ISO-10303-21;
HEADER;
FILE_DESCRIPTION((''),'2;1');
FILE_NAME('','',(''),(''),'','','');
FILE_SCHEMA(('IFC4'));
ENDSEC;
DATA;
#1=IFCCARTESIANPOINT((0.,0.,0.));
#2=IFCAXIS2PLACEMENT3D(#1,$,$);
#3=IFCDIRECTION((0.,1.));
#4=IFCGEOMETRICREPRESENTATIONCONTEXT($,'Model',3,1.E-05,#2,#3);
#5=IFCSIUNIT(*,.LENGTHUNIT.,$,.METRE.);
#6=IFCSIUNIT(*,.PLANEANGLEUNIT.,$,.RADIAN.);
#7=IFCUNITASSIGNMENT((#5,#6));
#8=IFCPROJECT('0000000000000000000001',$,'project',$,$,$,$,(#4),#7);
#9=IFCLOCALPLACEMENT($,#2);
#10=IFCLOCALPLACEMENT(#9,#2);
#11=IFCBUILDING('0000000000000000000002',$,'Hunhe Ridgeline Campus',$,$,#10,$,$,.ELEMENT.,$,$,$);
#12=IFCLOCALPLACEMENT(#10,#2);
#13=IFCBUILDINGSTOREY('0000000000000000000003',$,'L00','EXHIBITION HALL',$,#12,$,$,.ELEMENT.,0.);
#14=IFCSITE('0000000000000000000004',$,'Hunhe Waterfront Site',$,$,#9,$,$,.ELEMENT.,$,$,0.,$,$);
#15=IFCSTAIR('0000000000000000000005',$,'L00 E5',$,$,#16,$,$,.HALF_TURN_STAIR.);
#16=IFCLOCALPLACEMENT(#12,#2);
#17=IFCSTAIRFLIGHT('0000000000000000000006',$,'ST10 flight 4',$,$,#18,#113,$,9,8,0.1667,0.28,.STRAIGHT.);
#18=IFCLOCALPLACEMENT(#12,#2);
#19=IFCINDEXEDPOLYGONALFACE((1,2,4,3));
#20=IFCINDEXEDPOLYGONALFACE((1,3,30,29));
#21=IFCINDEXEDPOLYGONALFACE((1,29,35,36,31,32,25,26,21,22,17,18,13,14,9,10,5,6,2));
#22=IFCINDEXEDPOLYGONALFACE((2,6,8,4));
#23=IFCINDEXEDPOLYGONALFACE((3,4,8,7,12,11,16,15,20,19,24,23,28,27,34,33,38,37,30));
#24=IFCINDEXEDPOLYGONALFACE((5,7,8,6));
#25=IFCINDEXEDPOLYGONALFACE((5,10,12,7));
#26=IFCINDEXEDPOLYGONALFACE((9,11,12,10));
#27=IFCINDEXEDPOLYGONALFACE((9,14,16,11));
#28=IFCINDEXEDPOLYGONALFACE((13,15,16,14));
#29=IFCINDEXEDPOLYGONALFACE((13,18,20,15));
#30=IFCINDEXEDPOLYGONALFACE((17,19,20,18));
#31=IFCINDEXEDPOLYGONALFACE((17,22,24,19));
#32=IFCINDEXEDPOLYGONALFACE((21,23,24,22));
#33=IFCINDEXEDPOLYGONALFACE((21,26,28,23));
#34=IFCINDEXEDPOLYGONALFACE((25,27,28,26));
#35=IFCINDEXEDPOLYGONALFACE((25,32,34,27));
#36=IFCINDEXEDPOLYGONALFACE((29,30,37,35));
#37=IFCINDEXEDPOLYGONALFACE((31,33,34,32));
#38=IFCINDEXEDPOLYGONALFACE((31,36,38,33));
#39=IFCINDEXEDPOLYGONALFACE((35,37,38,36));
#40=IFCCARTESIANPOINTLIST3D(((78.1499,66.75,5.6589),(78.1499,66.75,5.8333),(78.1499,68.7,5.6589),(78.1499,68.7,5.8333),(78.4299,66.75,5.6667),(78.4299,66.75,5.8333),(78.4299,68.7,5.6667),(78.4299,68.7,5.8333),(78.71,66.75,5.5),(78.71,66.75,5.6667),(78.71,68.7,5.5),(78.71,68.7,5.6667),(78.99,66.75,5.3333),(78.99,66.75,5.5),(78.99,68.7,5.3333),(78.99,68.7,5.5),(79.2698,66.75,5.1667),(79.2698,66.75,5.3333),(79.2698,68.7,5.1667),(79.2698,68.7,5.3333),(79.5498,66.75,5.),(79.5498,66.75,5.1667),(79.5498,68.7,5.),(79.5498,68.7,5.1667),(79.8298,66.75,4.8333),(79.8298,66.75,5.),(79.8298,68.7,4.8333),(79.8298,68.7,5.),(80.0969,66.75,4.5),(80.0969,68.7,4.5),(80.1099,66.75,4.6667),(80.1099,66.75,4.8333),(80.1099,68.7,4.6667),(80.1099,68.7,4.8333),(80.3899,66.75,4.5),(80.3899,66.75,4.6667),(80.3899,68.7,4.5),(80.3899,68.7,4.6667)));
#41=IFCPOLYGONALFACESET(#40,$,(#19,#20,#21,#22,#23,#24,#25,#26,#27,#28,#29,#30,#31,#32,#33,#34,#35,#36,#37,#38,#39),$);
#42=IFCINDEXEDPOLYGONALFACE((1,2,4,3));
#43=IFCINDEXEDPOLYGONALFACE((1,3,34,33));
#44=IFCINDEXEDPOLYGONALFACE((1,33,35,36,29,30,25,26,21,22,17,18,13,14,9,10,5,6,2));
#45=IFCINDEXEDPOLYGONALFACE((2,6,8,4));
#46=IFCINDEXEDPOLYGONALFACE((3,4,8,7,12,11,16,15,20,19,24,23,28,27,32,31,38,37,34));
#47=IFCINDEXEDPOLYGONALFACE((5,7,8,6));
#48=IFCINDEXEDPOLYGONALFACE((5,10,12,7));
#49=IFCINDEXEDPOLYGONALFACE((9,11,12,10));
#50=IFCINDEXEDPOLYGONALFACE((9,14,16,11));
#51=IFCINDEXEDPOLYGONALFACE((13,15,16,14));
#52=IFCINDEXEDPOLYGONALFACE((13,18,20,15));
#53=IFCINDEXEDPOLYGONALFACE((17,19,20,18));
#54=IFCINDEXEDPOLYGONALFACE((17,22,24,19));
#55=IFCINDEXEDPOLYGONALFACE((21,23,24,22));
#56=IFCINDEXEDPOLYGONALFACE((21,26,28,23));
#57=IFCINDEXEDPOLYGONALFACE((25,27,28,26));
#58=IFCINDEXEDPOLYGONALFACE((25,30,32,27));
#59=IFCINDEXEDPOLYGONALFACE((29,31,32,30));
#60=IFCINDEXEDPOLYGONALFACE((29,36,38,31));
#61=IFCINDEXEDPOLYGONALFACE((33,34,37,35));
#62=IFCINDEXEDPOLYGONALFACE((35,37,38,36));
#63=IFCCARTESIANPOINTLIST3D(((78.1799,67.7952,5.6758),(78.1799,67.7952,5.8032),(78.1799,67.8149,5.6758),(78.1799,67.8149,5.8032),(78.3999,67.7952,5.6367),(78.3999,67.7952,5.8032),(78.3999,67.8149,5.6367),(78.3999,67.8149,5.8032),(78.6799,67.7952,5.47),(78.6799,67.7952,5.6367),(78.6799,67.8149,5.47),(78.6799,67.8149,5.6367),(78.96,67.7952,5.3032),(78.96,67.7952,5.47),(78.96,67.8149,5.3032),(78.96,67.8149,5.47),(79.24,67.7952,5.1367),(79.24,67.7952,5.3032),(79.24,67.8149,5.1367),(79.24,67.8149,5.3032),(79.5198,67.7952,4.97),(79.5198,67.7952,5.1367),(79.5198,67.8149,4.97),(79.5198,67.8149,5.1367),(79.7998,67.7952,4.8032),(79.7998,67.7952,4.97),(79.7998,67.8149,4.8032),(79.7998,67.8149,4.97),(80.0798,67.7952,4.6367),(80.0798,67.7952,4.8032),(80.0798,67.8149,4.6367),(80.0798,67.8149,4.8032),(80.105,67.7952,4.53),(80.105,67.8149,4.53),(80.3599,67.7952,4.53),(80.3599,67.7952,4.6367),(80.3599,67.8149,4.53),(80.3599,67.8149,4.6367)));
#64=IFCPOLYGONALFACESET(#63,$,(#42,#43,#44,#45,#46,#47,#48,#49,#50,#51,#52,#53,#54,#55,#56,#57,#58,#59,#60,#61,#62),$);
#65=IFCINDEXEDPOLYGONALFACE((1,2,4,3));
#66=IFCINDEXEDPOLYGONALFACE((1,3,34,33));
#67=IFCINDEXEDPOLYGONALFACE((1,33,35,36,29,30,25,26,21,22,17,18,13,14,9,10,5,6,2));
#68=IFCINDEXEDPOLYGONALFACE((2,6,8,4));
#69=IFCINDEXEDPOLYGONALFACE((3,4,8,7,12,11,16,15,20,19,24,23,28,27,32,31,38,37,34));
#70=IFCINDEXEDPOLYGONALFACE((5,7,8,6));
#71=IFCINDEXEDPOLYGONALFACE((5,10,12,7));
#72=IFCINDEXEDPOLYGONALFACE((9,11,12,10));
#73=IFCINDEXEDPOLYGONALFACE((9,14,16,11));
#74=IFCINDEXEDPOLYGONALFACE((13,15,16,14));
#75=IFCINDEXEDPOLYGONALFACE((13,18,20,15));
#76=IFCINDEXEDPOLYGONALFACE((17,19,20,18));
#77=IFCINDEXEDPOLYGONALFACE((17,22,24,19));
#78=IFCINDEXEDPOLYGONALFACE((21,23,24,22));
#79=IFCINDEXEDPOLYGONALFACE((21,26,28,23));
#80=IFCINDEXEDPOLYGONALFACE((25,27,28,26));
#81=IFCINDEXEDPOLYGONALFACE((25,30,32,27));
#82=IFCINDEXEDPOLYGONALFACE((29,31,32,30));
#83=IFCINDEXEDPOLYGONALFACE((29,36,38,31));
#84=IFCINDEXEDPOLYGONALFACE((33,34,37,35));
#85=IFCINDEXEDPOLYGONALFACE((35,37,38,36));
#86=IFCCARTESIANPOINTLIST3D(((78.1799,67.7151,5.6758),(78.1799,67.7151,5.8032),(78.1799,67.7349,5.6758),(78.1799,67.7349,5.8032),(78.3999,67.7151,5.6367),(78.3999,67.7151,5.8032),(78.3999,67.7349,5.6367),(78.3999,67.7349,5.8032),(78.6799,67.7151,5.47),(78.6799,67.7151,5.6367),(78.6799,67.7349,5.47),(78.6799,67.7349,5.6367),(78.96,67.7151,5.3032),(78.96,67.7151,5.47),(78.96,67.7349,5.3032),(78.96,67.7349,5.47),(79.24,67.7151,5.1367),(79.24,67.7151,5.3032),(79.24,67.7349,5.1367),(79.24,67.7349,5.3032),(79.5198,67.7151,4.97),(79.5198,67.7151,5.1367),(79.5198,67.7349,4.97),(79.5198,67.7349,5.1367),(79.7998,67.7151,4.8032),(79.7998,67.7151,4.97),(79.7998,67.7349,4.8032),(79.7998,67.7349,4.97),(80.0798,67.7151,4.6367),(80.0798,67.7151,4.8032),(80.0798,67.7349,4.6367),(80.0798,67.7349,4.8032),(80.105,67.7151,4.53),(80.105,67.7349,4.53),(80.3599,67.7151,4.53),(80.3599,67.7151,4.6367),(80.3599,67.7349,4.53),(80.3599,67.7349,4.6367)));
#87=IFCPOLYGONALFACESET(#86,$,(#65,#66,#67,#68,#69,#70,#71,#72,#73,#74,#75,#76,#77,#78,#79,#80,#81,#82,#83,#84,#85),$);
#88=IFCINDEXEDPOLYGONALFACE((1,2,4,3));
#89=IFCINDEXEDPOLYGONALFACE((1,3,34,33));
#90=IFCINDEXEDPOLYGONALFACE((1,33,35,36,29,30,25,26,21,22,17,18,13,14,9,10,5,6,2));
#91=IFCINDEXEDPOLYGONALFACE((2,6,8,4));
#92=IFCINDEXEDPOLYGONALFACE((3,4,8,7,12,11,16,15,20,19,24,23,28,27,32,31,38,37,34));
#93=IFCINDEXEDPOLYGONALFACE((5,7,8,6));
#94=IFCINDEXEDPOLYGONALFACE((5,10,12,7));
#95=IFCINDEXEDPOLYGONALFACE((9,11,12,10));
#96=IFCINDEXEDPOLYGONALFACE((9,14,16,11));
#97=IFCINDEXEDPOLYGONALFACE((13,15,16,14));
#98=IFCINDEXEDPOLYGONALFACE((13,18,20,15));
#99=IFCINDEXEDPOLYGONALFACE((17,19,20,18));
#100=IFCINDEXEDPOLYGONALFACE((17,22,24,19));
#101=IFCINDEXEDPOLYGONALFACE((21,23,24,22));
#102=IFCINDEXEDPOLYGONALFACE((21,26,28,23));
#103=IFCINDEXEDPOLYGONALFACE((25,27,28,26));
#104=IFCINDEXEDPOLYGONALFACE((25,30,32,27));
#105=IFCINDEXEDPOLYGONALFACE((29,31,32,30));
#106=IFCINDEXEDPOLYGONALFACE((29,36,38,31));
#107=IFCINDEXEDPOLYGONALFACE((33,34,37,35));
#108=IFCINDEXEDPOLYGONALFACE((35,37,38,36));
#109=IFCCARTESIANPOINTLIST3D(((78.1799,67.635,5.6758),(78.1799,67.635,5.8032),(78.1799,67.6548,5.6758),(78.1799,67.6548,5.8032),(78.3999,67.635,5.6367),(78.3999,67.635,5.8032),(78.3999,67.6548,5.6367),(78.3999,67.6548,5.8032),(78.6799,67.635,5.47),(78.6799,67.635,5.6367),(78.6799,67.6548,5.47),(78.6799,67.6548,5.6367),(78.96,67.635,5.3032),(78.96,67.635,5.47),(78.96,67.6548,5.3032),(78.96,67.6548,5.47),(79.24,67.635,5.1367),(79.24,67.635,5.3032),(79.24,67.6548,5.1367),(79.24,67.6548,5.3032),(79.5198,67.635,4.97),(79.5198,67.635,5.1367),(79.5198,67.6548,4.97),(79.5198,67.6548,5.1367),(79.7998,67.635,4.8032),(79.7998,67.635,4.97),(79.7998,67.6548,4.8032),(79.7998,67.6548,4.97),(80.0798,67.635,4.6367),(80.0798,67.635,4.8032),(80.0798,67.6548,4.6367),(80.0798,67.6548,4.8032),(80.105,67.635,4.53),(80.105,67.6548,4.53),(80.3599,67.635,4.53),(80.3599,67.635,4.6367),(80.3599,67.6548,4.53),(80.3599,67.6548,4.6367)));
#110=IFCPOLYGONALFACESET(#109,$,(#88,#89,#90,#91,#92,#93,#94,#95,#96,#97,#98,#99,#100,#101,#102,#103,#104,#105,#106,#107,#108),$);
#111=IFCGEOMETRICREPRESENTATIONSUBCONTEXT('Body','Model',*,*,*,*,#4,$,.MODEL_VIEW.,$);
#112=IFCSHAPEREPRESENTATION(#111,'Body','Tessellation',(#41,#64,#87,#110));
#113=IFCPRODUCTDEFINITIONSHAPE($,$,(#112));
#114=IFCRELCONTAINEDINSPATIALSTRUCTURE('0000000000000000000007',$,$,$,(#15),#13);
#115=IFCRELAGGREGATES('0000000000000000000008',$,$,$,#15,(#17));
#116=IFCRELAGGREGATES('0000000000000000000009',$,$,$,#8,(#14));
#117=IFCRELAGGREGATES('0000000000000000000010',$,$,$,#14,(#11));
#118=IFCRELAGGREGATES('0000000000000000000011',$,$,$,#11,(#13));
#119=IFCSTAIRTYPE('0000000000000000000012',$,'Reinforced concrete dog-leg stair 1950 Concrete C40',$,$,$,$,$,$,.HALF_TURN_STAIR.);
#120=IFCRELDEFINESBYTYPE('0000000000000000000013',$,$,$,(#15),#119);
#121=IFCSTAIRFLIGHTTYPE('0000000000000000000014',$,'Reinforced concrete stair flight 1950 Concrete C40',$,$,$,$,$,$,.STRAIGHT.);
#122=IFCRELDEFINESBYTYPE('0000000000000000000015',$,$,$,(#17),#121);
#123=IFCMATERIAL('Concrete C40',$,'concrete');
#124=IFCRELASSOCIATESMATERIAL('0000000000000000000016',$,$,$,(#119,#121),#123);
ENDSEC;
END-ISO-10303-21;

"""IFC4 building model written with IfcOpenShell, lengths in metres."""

from ifc_helpers import new_model, si_unit, direction, frame, origin, place, context, subcontext, project, spatial, polyline, outline, extrude, material, type_object, element, aggregate, save


model = new_model("IFC4")

# Units and contexts
model_context = context("Model", 3, precision=1e-05, world=origin(), true_north=direction((0.0, 1.0)))
body_context = subcontext(model_context, "Body", "Model", "MODEL_VIEW")
ifc_project = project(units=[si_unit("LENGTHUNIT", "METRE"), si_unit("PLANEANGLEUNIT", "RADIAN")], contexts=[model_context])

# Site, building, storey
site_placement = place(None, origin())
site = spatial("IfcSite", under=ifc_project, at=site_placement, Name="Hunhe Waterfront Site", CompositionType="ELEMENT", RefElevation=0.0)
building_placement = place(site_placement, origin())
building = spatial("IfcBuilding", under=site, at=building_placement, Name="Hunhe Ridgeline Campus", CompositionType="ELEMENT")
storey_placement = place(building_placement, origin())
storey = spatial("IfcBuildingStorey", under=building, at=storey_placement, Name="L00", Description="EXHIBITION HALL", CompositionType="ELEMENT", Elevation=0.0)

# Stair, stair flight
ifc_material_1 = material(Name="Concrete C40", Category="concrete")
stair_type = type_object("IfcStairType", Name="Reinforced concrete dog-leg stair 1950 Concrete C40", PredefinedType="HALF_TURN_STAIR", material=ifc_material_1)
stair_placement = place(storey_placement, origin())
stair = element("IfcStair", 1, at=stair_placement, inside=storey, type_object=stair_type, Name="L00 E5", PredefinedType="HALF_TURN_STAIR")
stair_flight_type = type_object("IfcStairFlightType", Name="Reinforced concrete stair flight 1950 Concrete C40", PredefinedType="STRAIGHT", material=ifc_material_1)
stair_flight_1_placement = place(storey_placement, frame((80.3899, 67.7251, 4.5), z_axis=(0.0, 0.0, 1.0), x_axis=(-1.0, 0.0, 0.0)))
stair_flight_1 = element("IfcStairFlight", 2, at=stair_flight_1_placement, type_object=stair_flight_type, Name="ST10 flight 4", NumberOfRisers=9, NumberOfTreads=8, PredefinedType="STRAIGHT", RiserHeight=0.1667, TreadLength=0.28, context=body_context, shape_type="SweptSolid", body=[
    extrude(outline(polyline([(0.0, 0.0), (0.0, 0.1667), (0.28, 0.1667), (0.28, 0.3333), (0.5601, 0.3333), (0.5601, 0.5), (0.8401, 0.5), (0.8401, 0.6667), (1.1201, 0.6667), (1.1201, 0.8333), (1.3999, 0.8333), (1.3999, 1.0), (1.6799, 1.0), (1.6799, 1.1667), (1.96, 1.1667), (1.96, 1.3333), (2.24, 1.3333), (2.24, 1.5), (2.24, 1.1589), (0.293, 0.0), (0.0, 0.0)])), frame((0.0, 0.9751, 0.0), z_axis=(0.0, -1.0, 0.0), x_axis=(1.0, 0.0, 0.0)), (0.0, 0.0, 1.0), 1.95),
    extrude(outline(polyline([(0.03, 0.03), (0.03, 0.1367), (0.3101, 0.1367), (0.3101, 0.3032), (0.5901, 0.3032), (0.5901, 0.47), (0.8701, 0.47), (0.8701, 0.6367), (1.1499, 0.6367), (1.1499, 0.8032), (1.4299, 0.8032), (1.4299, 0.97), (1.71, 0.97), (1.71, 1.1367), (1.99, 1.1367), (1.99, 1.3032), (2.21, 1.3032), (2.21, 1.1758), (0.2849, 0.03), (0.03, 0.03)])), frame((0.0, -0.0701, 0.0), z_axis=(0.0, -1.0, 0.0), x_axis=(1.0, 0.0, 0.0)), (0.0, 0.0, 1.0), 0.0198),
    extrude(outline(polyline([(0.03, 0.03), (0.03, 0.1367), (0.3101, 0.1367), (0.3101, 0.3032), (0.5901, 0.3032), (0.5901, 0.47), (0.8701, 0.47), (0.8701, 0.6367), (1.1499, 0.6367), (1.1499, 0.8032), (1.4299, 0.8032), (1.4299, 0.97), (1.71, 0.97), (1.71, 1.1367), (1.99, 1.1367), (1.99, 1.3032), (2.21, 1.3032), (2.21, 1.1758), (0.2849, 0.03), (0.03, 0.03)])), frame((0.0, 0.01, 0.0), z_axis=(0.0, -1.0, 0.0), x_axis=(1.0, 0.0, 0.0)), (0.0, 0.0, 1.0), 0.0198),
    extrude(outline(polyline([(0.03, 0.03), (0.03, 0.1367), (0.3101, 0.1367), (0.3101, 0.3032), (0.5901, 0.3032), (0.5901, 0.47), (0.8701, 0.47), (0.8701, 0.6367), (1.1499, 0.6367), (1.1499, 0.8032), (1.4299, 0.8032), (1.4299, 0.97), (1.71, 0.97), (1.71, 1.1367), (1.99, 1.1367), (1.99, 1.3032), (2.21, 1.3032), (2.21, 1.1758), (0.2849, 0.03), (0.03, 0.03)])), frame((0.0, 0.0901, 0.0), z_axis=(0.0, -1.0, 0.0), x_axis=(1.0, 0.0, 0.0)), (0.0, 0.0, 1.0), 0.0198),
])
aggregate(stair, [stair_flight_1])

save(model, "model.ifc")
